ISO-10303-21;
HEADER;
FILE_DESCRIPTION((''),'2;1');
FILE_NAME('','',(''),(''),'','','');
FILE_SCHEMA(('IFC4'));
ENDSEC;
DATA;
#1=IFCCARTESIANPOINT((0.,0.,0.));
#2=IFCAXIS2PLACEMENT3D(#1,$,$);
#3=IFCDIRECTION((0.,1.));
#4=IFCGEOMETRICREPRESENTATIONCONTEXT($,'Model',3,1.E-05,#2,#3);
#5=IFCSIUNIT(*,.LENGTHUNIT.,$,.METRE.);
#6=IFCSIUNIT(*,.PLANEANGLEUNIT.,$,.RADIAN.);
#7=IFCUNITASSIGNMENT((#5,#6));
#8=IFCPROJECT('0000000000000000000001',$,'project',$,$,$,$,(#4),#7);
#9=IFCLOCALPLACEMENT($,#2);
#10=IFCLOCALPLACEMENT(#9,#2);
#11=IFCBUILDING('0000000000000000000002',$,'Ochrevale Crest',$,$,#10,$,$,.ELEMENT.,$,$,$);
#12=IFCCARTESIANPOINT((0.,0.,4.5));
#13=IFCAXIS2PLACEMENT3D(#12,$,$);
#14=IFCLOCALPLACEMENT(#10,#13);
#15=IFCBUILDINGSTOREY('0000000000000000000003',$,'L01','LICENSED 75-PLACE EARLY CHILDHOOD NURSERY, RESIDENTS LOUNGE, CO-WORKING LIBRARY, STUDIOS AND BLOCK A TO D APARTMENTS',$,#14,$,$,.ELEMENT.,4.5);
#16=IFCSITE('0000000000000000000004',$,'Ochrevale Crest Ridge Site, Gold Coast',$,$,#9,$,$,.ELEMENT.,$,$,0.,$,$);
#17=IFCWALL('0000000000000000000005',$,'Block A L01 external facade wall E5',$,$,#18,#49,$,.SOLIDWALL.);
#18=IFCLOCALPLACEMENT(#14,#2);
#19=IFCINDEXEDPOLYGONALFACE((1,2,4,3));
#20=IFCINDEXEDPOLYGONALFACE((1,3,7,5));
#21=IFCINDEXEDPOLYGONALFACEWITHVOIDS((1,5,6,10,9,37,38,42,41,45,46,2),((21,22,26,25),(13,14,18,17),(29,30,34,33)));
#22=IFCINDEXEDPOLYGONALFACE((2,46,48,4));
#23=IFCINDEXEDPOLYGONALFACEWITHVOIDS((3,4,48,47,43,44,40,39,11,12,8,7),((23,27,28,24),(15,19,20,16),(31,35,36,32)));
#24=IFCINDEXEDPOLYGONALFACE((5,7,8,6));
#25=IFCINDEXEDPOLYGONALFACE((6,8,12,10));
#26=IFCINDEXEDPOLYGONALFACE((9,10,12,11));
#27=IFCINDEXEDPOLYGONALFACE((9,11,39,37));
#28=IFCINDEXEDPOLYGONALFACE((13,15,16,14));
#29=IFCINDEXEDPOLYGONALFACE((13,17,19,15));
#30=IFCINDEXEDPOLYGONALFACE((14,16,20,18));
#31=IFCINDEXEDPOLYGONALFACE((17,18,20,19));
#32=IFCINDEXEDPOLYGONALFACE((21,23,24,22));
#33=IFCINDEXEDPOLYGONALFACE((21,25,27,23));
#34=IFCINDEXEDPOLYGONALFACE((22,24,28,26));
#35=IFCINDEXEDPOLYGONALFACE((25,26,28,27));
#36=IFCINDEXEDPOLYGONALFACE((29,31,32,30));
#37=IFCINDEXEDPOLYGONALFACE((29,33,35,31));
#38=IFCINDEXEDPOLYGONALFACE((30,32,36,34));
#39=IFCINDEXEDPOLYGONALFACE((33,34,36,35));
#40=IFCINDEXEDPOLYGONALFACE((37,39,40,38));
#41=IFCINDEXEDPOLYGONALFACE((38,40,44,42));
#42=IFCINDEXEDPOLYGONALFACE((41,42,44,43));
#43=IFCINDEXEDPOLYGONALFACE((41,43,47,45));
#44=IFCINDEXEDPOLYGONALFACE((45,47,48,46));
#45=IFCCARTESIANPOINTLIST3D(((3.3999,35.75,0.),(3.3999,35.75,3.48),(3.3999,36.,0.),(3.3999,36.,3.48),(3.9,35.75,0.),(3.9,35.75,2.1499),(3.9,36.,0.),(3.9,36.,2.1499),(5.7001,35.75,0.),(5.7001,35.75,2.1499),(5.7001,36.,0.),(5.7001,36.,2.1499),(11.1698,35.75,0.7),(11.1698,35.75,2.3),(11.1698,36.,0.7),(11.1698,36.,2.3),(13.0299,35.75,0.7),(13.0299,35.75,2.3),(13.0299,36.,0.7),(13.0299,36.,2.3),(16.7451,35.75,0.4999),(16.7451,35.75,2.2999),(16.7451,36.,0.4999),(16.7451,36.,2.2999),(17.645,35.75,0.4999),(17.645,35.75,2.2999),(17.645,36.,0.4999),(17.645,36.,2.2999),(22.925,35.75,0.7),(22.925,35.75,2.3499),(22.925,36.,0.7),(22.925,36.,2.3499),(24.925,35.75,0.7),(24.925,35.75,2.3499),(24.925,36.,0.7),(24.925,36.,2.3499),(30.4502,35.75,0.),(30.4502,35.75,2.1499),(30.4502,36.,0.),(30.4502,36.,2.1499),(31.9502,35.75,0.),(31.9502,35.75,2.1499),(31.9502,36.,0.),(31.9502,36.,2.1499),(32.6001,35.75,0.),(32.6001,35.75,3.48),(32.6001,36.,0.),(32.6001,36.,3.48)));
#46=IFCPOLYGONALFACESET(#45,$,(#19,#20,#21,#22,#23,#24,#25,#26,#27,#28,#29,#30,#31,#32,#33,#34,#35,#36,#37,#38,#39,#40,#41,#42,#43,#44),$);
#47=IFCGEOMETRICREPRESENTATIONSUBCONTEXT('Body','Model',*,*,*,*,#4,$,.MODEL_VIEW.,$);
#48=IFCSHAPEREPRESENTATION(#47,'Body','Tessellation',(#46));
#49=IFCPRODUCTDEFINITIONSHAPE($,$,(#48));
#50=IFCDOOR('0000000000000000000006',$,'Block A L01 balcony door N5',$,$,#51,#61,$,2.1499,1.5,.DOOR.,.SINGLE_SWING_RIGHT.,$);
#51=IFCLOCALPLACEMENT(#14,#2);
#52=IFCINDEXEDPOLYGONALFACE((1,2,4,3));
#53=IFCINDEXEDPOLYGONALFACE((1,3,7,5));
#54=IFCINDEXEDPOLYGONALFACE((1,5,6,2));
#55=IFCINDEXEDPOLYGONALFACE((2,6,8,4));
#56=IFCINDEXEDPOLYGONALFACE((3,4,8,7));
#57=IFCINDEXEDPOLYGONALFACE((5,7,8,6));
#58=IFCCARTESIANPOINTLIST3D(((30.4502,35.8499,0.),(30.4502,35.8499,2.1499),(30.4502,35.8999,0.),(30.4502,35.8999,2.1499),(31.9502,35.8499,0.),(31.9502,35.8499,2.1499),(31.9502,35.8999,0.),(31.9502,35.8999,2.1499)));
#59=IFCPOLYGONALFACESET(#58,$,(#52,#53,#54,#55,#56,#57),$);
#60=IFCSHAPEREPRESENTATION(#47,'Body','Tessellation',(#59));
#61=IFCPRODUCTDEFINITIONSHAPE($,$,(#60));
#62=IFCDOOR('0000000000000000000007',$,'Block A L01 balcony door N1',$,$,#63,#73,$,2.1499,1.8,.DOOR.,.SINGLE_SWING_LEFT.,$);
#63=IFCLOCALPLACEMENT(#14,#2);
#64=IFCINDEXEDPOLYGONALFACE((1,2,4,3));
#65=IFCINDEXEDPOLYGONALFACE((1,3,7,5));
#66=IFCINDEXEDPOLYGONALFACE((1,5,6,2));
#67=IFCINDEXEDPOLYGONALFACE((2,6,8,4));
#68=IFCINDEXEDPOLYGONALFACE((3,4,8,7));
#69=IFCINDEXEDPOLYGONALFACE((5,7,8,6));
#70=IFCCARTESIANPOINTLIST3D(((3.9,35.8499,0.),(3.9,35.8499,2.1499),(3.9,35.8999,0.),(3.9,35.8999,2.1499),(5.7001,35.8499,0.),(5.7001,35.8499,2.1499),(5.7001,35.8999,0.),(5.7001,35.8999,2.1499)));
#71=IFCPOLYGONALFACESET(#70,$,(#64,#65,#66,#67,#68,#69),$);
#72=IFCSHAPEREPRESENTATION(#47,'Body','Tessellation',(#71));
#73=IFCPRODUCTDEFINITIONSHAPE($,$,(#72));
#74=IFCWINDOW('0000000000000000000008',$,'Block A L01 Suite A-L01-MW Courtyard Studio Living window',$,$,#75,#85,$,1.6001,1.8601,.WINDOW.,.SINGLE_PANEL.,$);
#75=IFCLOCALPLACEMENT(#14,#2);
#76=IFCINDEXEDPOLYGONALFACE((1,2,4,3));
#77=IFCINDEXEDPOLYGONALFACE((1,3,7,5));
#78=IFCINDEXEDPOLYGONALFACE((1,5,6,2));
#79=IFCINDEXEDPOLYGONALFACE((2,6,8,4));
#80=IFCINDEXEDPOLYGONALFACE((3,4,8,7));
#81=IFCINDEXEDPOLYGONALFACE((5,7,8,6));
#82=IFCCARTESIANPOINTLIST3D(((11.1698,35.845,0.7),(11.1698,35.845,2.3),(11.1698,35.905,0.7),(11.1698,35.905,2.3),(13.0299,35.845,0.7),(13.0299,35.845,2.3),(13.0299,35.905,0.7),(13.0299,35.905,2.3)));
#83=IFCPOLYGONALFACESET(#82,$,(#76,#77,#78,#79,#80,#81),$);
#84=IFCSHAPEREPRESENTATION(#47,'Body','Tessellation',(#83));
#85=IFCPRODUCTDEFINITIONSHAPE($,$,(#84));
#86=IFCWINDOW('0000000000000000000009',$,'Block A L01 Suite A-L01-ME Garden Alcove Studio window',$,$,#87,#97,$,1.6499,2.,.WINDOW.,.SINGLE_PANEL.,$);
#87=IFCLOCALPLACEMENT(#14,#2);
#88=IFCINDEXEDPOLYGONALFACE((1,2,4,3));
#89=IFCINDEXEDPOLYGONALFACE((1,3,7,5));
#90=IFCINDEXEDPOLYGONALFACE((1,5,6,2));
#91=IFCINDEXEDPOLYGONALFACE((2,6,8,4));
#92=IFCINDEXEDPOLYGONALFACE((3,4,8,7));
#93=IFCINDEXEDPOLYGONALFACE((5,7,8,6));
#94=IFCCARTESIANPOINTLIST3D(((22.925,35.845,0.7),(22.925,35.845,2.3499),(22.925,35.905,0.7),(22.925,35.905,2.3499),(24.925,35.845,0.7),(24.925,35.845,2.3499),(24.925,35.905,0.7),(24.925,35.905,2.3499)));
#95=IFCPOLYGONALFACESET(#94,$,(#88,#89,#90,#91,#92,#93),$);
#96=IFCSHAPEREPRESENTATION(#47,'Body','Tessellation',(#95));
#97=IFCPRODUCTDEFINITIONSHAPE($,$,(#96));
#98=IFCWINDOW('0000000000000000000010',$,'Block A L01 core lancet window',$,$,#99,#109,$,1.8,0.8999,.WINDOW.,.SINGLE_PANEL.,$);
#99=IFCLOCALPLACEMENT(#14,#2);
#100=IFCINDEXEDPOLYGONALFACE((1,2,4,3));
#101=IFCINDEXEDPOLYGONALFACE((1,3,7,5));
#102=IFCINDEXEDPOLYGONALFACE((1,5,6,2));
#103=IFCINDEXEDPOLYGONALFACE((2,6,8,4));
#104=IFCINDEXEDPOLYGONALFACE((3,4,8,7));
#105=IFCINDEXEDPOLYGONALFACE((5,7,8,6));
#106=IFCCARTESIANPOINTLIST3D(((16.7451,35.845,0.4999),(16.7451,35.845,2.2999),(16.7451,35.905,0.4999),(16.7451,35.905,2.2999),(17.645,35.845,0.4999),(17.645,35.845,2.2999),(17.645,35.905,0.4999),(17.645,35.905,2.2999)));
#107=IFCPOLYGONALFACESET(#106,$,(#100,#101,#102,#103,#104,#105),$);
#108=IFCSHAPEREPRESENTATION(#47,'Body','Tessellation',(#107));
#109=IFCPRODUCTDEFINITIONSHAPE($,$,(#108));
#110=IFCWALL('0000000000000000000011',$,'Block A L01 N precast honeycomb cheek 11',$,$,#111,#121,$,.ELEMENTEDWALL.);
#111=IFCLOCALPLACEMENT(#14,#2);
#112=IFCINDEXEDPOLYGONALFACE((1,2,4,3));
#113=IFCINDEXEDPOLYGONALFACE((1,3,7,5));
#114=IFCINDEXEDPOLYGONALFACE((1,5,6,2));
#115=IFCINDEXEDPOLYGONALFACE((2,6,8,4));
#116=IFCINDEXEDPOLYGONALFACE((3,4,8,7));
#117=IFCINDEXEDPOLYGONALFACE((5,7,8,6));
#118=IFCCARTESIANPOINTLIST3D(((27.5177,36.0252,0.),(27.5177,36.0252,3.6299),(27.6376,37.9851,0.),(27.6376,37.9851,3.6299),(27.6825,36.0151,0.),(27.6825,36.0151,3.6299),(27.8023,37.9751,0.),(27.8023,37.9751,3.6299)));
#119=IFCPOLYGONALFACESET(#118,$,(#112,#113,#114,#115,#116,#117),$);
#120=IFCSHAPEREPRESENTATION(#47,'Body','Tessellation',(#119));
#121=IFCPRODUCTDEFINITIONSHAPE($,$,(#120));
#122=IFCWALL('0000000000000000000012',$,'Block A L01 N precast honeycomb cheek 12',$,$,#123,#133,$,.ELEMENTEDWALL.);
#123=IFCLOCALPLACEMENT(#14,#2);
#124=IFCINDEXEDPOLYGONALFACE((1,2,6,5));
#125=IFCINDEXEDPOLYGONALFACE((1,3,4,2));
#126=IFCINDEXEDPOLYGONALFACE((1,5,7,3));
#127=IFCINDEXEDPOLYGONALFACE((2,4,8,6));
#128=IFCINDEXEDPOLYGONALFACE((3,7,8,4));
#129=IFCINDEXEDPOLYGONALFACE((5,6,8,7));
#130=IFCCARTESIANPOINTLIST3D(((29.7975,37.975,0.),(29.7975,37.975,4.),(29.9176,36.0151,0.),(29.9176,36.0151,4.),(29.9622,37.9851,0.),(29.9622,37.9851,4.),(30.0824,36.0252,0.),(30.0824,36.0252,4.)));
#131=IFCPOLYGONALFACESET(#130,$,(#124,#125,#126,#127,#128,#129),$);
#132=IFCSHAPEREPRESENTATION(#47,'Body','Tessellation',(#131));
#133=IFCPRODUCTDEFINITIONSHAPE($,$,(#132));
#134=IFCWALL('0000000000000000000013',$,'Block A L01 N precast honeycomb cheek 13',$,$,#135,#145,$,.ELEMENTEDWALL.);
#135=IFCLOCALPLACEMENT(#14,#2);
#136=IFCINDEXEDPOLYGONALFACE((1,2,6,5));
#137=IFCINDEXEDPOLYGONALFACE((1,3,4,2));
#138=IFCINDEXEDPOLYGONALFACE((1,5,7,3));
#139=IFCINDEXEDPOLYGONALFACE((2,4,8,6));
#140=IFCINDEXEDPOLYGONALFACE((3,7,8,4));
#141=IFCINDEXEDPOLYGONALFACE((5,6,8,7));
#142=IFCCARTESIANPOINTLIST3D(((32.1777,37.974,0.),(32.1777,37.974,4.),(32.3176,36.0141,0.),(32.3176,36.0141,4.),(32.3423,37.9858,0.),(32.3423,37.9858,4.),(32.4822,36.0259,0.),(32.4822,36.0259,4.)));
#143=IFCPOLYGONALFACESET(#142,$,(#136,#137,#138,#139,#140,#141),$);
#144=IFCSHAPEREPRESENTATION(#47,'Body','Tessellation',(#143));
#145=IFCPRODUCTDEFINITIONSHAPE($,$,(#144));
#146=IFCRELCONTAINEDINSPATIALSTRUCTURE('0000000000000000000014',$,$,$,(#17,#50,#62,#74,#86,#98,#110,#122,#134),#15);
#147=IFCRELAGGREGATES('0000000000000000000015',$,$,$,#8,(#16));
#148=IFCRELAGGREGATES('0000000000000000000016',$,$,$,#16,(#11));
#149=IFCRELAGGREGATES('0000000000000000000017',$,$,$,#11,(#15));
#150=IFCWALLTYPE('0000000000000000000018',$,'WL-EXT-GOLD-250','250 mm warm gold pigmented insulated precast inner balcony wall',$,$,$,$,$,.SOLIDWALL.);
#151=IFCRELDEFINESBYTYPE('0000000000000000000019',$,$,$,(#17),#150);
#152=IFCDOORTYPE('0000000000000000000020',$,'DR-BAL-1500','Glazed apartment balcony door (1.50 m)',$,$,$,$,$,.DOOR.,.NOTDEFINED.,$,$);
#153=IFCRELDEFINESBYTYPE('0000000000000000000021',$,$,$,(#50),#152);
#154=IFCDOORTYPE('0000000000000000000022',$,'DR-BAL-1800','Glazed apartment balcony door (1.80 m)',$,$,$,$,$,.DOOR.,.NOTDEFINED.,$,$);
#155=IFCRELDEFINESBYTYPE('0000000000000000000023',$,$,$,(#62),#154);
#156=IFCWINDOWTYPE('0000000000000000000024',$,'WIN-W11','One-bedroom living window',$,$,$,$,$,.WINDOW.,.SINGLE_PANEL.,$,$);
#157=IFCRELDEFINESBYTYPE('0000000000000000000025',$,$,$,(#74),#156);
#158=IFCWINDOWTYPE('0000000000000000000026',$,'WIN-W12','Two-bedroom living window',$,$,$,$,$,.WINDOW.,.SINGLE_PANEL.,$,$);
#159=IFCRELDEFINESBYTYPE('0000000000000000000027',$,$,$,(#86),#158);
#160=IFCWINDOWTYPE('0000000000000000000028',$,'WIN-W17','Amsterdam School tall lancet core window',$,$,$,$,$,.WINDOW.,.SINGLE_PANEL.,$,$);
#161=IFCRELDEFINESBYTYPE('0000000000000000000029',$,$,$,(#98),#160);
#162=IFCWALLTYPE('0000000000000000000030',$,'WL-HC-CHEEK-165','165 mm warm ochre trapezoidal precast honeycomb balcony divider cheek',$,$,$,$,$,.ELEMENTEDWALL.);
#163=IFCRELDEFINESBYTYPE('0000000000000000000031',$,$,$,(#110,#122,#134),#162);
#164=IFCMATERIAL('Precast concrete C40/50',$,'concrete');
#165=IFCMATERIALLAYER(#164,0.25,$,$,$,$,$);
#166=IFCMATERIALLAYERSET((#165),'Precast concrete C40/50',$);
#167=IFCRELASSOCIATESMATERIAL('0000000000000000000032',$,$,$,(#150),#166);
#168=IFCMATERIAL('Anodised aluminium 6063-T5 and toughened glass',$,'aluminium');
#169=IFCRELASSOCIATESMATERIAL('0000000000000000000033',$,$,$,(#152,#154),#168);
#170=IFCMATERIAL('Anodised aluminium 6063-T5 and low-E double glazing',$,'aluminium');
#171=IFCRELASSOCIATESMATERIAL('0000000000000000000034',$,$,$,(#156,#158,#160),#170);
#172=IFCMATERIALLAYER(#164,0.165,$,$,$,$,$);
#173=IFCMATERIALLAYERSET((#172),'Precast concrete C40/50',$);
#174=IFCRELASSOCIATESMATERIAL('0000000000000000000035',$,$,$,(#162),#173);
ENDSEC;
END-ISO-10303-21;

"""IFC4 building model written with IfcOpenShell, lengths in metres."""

from ifc_helpers import new_model, si_unit, direction, frame, frame_2d, origin, place, context, subcontext, project, spatial, rectangle, extrude, material, layer, layer_set, type_object, element, fill, save


model = new_model("IFC4")

# Units and contexts
model_context = context("Model", 3, precision=1e-05, world=origin(), true_north=direction((0.0, 1.0)))
body_context = subcontext(model_context, "Body", "Model", "MODEL_VIEW")
ifc_project = project(units=[si_unit("LENGTHUNIT", "METRE"), si_unit("PLANEANGLEUNIT", "RADIAN")], contexts=[model_context])

# Site, building, storey
site_placement = place(None, origin())
site = spatial("IfcSite", under=ifc_project, at=site_placement, Name="Ochrevale Crest Ridge Site, Gold Coast", CompositionType="ELEMENT", RefElevation=0.0)
building_placement = place(site_placement, origin())
building = spatial("IfcBuilding", under=site, at=building_placement, Name="Ochrevale Crest", CompositionType="ELEMENT")
storey_placement = place(building_placement, frame((0.0, 0.0, 4.5)))
storey = spatial("IfcBuildingStorey", under=building, at=storey_placement, Name="L01", Description="LICENSED 75-PLACE EARLY CHILDHOOD NURSERY, RESIDENTS LOUNGE, CO-WORKING LIBRARY, STUDIOS AND BLOCK A TO D APARTMENTS", CompositionType="ELEMENT", Elevation=4.5)

# Wall, openings, doors, windows
ifc_material_1 = material(Name="Precast concrete C40/50", Category="concrete")
ifc_layer_1 = layer(ifc_material_1, 0.25)
ifc_layer_set_1 = layer_set([ifc_layer_1], Name="Precast concrete C40/50")
wall_type_1 = type_object("IfcWallType", Name="WL-EXT-GOLD-250", Description="250 mm warm gold pigmented insulated precast inner balcony wall", PredefinedType="SOLIDWALL", material=ifc_layer_set_1)
wall_1_placement = place(storey_placement, frame((32.6001, 35.875, 0.0), z_axis=(0.0, 0.0, 1.0), x_axis=(-1.0, 0.0, 0.0)))
wall_1 = element("IfcWall", 1, at=wall_1_placement, inside=storey, type_object=wall_type_1, Name="Block A L01 external facade wall E5", PredefinedType="SOLIDWALL", context=body_context, shape_type="SweptSolid", body=[
    extrude(rectangle(XDim=29.2002, YDim=0.25, at=frame_2d((14.6001, 0.0))), origin(), (0.0, 0.0, 1.0), 3.48),
])
opening_1_placement = place(wall_1_placement, frame((28.7, 0.0, 0.0), z_axis=(0.0, 0.0, 1.0), x_axis=(-1.0, 0.0, 0.0)))
opening_1 = element("IfcOpeningElement", 2, at=opening_1_placement, cuts=wall_1, PredefinedType="OPENING", context=body_context, shape_type="SweptSolid", body=[
    extrude(rectangle(XDim=1.8, YDim=2.1499, at=frame_2d((0.8999, 1.075))), frame((0.0, 0.135, 0.0), z_axis=(0.0, -1.0, 0.0), x_axis=(1.0, 0.0, 0.0)), (0.0, 0.0, 1.0), 0.27),
])
opening_2_placement = place(wall_1_placement, frame((2.1499, 0.0, 0.0), z_axis=(0.0, 0.0, 1.0), x_axis=(-1.0, 0.0, 0.0)))
opening_2 = element("IfcOpeningElement", 3, at=opening_2_placement, cuts=wall_1, PredefinedType="OPENING", context=body_context, shape_type="SweptSolid", body=[
    extrude(rectangle(XDim=1.5, YDim=2.1499, at=frame_2d((0.75, 1.075))), frame((0.0, 0.135, 0.0), z_axis=(0.0, -1.0, 0.0), x_axis=(1.0, 0.0, 0.0)), (0.0, 0.0, 1.0), 0.27),
])
opening_3_placement = place(wall_1_placement, frame((14.9551, 0.0, 0.5)))
opening_3 = element("IfcOpeningElement", 4, at=opening_3_placement, cuts=wall_1, PredefinedType="OPENING", context=body_context, shape_type="SweptSolid", body=[
    extrude(rectangle(XDim=0.8999, YDim=1.8, at=frame_2d((0.45, 0.8999))), frame((0.0, 0.135, 0.0), z_axis=(0.0, -1.0, 0.0), x_axis=(1.0, 0.0, 0.0)), (0.0, 0.0, 1.0), 0.27),
])
opening_4_placement = place(wall_1_placement, frame((7.675, 0.0, 0.7)))
opening_4 = element("IfcOpeningElement", 5, at=opening_4_placement, cuts=wall_1, PredefinedType="OPENING", context=body_context, shape_type="SweptSolid", body=[
    extrude(rectangle(XDim=2.0, YDim=1.6499, at=frame_2d((1.0, 0.825))), frame((0.0, 0.135, 0.0), z_axis=(0.0, -1.0, 0.0), x_axis=(1.0, 0.0, 0.0)), (0.0, 0.0, 1.0), 0.27),
])
opening_5_placement = place(wall_1_placement, frame((19.5701, 0.0, 0.7)))
opening_5 = element("IfcOpeningElement", 6, at=opening_5_placement, cuts=wall_1, PredefinedType="OPENING", context=body_context, shape_type="SweptSolid", body=[
    extrude(rectangle(XDim=1.8601, YDim=1.6001, at=frame_2d((0.9302, 0.8))), frame((0.0, 0.135, 0.0), z_axis=(0.0, -1.0, 0.0), x_axis=(1.0, 0.0, 0.0)), (0.0, 0.0, 1.0), 0.27),
])
ifc_material_2 = material(Name="Anodised aluminium 6063-T5 and toughened glass", Category="aluminium")
door_type_1 = type_object("IfcDoorType", Name="DR-BAL-1500", Description="Glazed apartment balcony door (1.50 m)", OperationType="NOTDEFINED", PredefinedType="DOOR", material=ifc_material_2)
door_1_placement = place(opening_2_placement, origin())
door_1 = element("IfcDoor", 7, at=door_1_placement, inside=storey, type_object=door_type_1, Name="Block A L01 balcony door N5", OperationType="SINGLE_SWING_RIGHT", OverallHeight=2.1499, OverallWidth=1.5, PredefinedType="DOOR", context=body_context, shape_type="SweptSolid", body=[
    extrude(rectangle(XDim=1.5, YDim=2.1499, at=frame_2d((0.75, 1.075))), frame((0.0, 0.0249, 0.0), z_axis=(0.0, -1.0, 0.0), x_axis=(1.0, 0.0, 0.0)), (0.0, 0.0, 1.0), 0.05),
])
fill(opening_2, door_1)
door_type_2 = type_object("IfcDoorType", Name="DR-BAL-1800", Description="Glazed apartment balcony door (1.80 m)", OperationType="NOTDEFINED", PredefinedType="DOOR", material=ifc_material_2)
door_2_placement = place(opening_1_placement, origin())
door_2 = element("IfcDoor", 8, at=door_2_placement, inside=storey, type_object=door_type_2, Name="Block A L01 balcony door N1", OperationType="SINGLE_SWING_LEFT", OverallHeight=2.1499, OverallWidth=1.8, PredefinedType="DOOR", context=body_context, shape_type="SweptSolid", body=[
    extrude(rectangle(XDim=1.8, YDim=2.1499, at=frame_2d((0.8999, 1.075))), frame((0.0, 0.0249, 0.0), z_axis=(0.0, -1.0, 0.0), x_axis=(1.0, 0.0, 0.0)), (0.0, 0.0, 1.0), 0.05),
])
fill(opening_1, door_2)
ifc_material_3 = material(Name="Anodised aluminium 6063-T5 and low-E double glazing", Category="aluminium")
window_type_1 = type_object("IfcWindowType", Name="WIN-W11", Description="One-bedroom living window", PartitioningType="SINGLE_PANEL", PredefinedType="WINDOW", material=ifc_material_3)
window_1_placement = place(opening_5_placement, origin())
window_1 = element("IfcWindow", 9, at=window_1_placement, inside=storey, type_object=window_type_1, Name="Block A L01 Suite A-L01-MW Courtyard Studio Living window", OverallHeight=1.6001, OverallWidth=1.8601, PartitioningType="SINGLE_PANEL", PredefinedType="WINDOW", context=body_context, shape_type="SweptSolid", body=[
    extrude(rectangle(XDim=1.8601, YDim=1.6001, at=frame_2d((0.9302, 0.8))), frame((0.0, 0.03, 0.0), z_axis=(0.0, -1.0, 0.0), x_axis=(1.0, 0.0, 0.0)), (0.0, 0.0, 1.0), 0.0601),
])
fill(opening_5, window_1)
window_type_2 = type_object("IfcWindowType", Name="WIN-W12", Description="Two-bedroom living window", PartitioningType="SINGLE_PANEL", PredefinedType="WINDOW", material=ifc_material_3)
window_2_placement = place(opening_4_placement, origin())
window_2 = element("IfcWindow", 10, at=window_2_placement, inside=storey, type_object=window_type_2, Name="Block A L01 Suite A-L01-ME Garden Alcove Studio window", OverallHeight=1.6499, OverallWidth=2.0, PartitioningType="SINGLE_PANEL", PredefinedType="WINDOW", context=body_context, shape_type="SweptSolid", body=[
    extrude(rectangle(XDim=2.0, YDim=1.6499, at=frame_2d((1.0, 0.825))), frame((0.0, 0.03, 0.0), z_axis=(0.0, -1.0, 0.0), x_axis=(1.0, 0.0, 0.0)), (0.0, 0.0, 1.0), 0.0601),
])
fill(opening_4, window_2)
window_type_3 = type_object("IfcWindowType", Name="WIN-W17", Description="Amsterdam School tall lancet core window", PartitioningType="SINGLE_PANEL", PredefinedType="WINDOW", material=ifc_material_3)
window_3_placement = place(opening_3_placement, origin())
window_3 = element("IfcWindow", 11, at=window_3_placement, inside=storey, type_object=window_type_3, Name="Block A L01 core lancet window", OverallHeight=1.8, OverallWidth=0.8999, PartitioningType="SINGLE_PANEL", PredefinedType="WINDOW", context=body_context, shape_type="SweptSolid", body=[
    extrude(rectangle(XDim=0.8999, YDim=1.8, at=frame_2d((0.45, 0.8999))), frame((0.0, 0.03, 0.0), z_axis=(0.0, -1.0, 0.0), x_axis=(1.0, 0.0, 0.0)), (0.0, 0.0, 1.0), 0.0601),
])
fill(opening_3, window_3)

# Walls
ifc_layer_2 = layer(ifc_material_1, 0.165)
ifc_layer_set_2 = layer_set([ifc_layer_2], Name="Precast concrete C40/50")
wall_type_2 = type_object("IfcWallType", Name="WL-HC-CHEEK-165", Description="165 mm warm ochre trapezoidal precast honeycomb balcony divider cheek", PredefinedType="ELEMENTEDWALL", material=ifc_layer_set_2)
wall_2_placement = place(storey_placement, frame((27.6001, 36.02, 0.0), z_axis=(0.0, 0.0, 1.0), x_axis=(0.061047, 0.998135, 0.0)))
element("IfcWall", 12, at=wall_2_placement, inside=storey, type_object=wall_type_2, Name="Block A L01 N precast honeycomb cheek 11", PredefinedType="ELEMENTEDWALL", context=body_context, shape_type="SweptSolid", body=[
    extrude(rectangle(XDim=1.9636, YDim=0.165, at=frame_2d((0.9819, 0.0))), origin(), (0.0, 0.0, 1.0), 3.6299),
])
wall_3_placement = place(storey_placement, frame((30.0, 36.02, 0.0), z_axis=(0.0, 0.0, 1.0), x_axis=(-0.061171, 0.998127, 0.0)))
element("IfcWall", 13, at=wall_3_placement, inside=storey, type_object=wall_type_2, Name="Block A L01 N precast honeycomb cheek 12", PredefinedType="ELEMENTEDWALL", context=body_context, shape_type="SweptSolid", body=[
    extrude(rectangle(XDim=1.9636, YDim=0.165, at=frame_2d((0.9819, 0.0))), origin(), (0.0, 0.0, 1.0), 4.0),
])
wall_4_placement = place(storey_placement, frame((32.3999, 36.02, 0.0), z_axis=(0.0, 0.0, 1.0), x_axis=(-0.071194, 0.997462, 0.0)))
element("IfcWall", 14, at=wall_4_placement, inside=storey, type_object=wall_type_2, Name="Block A L01 N precast honeycomb cheek 13", PredefinedType="ELEMENTEDWALL", context=body_context, shape_type="SweptSolid", body=[
    extrude(rectangle(XDim=1.9648, YDim=0.165, at=frame_2d((0.9824, 0.0))), origin(), (0.0, 0.0, 1.0), 4.0),
])

save(model, "model.ifc")
